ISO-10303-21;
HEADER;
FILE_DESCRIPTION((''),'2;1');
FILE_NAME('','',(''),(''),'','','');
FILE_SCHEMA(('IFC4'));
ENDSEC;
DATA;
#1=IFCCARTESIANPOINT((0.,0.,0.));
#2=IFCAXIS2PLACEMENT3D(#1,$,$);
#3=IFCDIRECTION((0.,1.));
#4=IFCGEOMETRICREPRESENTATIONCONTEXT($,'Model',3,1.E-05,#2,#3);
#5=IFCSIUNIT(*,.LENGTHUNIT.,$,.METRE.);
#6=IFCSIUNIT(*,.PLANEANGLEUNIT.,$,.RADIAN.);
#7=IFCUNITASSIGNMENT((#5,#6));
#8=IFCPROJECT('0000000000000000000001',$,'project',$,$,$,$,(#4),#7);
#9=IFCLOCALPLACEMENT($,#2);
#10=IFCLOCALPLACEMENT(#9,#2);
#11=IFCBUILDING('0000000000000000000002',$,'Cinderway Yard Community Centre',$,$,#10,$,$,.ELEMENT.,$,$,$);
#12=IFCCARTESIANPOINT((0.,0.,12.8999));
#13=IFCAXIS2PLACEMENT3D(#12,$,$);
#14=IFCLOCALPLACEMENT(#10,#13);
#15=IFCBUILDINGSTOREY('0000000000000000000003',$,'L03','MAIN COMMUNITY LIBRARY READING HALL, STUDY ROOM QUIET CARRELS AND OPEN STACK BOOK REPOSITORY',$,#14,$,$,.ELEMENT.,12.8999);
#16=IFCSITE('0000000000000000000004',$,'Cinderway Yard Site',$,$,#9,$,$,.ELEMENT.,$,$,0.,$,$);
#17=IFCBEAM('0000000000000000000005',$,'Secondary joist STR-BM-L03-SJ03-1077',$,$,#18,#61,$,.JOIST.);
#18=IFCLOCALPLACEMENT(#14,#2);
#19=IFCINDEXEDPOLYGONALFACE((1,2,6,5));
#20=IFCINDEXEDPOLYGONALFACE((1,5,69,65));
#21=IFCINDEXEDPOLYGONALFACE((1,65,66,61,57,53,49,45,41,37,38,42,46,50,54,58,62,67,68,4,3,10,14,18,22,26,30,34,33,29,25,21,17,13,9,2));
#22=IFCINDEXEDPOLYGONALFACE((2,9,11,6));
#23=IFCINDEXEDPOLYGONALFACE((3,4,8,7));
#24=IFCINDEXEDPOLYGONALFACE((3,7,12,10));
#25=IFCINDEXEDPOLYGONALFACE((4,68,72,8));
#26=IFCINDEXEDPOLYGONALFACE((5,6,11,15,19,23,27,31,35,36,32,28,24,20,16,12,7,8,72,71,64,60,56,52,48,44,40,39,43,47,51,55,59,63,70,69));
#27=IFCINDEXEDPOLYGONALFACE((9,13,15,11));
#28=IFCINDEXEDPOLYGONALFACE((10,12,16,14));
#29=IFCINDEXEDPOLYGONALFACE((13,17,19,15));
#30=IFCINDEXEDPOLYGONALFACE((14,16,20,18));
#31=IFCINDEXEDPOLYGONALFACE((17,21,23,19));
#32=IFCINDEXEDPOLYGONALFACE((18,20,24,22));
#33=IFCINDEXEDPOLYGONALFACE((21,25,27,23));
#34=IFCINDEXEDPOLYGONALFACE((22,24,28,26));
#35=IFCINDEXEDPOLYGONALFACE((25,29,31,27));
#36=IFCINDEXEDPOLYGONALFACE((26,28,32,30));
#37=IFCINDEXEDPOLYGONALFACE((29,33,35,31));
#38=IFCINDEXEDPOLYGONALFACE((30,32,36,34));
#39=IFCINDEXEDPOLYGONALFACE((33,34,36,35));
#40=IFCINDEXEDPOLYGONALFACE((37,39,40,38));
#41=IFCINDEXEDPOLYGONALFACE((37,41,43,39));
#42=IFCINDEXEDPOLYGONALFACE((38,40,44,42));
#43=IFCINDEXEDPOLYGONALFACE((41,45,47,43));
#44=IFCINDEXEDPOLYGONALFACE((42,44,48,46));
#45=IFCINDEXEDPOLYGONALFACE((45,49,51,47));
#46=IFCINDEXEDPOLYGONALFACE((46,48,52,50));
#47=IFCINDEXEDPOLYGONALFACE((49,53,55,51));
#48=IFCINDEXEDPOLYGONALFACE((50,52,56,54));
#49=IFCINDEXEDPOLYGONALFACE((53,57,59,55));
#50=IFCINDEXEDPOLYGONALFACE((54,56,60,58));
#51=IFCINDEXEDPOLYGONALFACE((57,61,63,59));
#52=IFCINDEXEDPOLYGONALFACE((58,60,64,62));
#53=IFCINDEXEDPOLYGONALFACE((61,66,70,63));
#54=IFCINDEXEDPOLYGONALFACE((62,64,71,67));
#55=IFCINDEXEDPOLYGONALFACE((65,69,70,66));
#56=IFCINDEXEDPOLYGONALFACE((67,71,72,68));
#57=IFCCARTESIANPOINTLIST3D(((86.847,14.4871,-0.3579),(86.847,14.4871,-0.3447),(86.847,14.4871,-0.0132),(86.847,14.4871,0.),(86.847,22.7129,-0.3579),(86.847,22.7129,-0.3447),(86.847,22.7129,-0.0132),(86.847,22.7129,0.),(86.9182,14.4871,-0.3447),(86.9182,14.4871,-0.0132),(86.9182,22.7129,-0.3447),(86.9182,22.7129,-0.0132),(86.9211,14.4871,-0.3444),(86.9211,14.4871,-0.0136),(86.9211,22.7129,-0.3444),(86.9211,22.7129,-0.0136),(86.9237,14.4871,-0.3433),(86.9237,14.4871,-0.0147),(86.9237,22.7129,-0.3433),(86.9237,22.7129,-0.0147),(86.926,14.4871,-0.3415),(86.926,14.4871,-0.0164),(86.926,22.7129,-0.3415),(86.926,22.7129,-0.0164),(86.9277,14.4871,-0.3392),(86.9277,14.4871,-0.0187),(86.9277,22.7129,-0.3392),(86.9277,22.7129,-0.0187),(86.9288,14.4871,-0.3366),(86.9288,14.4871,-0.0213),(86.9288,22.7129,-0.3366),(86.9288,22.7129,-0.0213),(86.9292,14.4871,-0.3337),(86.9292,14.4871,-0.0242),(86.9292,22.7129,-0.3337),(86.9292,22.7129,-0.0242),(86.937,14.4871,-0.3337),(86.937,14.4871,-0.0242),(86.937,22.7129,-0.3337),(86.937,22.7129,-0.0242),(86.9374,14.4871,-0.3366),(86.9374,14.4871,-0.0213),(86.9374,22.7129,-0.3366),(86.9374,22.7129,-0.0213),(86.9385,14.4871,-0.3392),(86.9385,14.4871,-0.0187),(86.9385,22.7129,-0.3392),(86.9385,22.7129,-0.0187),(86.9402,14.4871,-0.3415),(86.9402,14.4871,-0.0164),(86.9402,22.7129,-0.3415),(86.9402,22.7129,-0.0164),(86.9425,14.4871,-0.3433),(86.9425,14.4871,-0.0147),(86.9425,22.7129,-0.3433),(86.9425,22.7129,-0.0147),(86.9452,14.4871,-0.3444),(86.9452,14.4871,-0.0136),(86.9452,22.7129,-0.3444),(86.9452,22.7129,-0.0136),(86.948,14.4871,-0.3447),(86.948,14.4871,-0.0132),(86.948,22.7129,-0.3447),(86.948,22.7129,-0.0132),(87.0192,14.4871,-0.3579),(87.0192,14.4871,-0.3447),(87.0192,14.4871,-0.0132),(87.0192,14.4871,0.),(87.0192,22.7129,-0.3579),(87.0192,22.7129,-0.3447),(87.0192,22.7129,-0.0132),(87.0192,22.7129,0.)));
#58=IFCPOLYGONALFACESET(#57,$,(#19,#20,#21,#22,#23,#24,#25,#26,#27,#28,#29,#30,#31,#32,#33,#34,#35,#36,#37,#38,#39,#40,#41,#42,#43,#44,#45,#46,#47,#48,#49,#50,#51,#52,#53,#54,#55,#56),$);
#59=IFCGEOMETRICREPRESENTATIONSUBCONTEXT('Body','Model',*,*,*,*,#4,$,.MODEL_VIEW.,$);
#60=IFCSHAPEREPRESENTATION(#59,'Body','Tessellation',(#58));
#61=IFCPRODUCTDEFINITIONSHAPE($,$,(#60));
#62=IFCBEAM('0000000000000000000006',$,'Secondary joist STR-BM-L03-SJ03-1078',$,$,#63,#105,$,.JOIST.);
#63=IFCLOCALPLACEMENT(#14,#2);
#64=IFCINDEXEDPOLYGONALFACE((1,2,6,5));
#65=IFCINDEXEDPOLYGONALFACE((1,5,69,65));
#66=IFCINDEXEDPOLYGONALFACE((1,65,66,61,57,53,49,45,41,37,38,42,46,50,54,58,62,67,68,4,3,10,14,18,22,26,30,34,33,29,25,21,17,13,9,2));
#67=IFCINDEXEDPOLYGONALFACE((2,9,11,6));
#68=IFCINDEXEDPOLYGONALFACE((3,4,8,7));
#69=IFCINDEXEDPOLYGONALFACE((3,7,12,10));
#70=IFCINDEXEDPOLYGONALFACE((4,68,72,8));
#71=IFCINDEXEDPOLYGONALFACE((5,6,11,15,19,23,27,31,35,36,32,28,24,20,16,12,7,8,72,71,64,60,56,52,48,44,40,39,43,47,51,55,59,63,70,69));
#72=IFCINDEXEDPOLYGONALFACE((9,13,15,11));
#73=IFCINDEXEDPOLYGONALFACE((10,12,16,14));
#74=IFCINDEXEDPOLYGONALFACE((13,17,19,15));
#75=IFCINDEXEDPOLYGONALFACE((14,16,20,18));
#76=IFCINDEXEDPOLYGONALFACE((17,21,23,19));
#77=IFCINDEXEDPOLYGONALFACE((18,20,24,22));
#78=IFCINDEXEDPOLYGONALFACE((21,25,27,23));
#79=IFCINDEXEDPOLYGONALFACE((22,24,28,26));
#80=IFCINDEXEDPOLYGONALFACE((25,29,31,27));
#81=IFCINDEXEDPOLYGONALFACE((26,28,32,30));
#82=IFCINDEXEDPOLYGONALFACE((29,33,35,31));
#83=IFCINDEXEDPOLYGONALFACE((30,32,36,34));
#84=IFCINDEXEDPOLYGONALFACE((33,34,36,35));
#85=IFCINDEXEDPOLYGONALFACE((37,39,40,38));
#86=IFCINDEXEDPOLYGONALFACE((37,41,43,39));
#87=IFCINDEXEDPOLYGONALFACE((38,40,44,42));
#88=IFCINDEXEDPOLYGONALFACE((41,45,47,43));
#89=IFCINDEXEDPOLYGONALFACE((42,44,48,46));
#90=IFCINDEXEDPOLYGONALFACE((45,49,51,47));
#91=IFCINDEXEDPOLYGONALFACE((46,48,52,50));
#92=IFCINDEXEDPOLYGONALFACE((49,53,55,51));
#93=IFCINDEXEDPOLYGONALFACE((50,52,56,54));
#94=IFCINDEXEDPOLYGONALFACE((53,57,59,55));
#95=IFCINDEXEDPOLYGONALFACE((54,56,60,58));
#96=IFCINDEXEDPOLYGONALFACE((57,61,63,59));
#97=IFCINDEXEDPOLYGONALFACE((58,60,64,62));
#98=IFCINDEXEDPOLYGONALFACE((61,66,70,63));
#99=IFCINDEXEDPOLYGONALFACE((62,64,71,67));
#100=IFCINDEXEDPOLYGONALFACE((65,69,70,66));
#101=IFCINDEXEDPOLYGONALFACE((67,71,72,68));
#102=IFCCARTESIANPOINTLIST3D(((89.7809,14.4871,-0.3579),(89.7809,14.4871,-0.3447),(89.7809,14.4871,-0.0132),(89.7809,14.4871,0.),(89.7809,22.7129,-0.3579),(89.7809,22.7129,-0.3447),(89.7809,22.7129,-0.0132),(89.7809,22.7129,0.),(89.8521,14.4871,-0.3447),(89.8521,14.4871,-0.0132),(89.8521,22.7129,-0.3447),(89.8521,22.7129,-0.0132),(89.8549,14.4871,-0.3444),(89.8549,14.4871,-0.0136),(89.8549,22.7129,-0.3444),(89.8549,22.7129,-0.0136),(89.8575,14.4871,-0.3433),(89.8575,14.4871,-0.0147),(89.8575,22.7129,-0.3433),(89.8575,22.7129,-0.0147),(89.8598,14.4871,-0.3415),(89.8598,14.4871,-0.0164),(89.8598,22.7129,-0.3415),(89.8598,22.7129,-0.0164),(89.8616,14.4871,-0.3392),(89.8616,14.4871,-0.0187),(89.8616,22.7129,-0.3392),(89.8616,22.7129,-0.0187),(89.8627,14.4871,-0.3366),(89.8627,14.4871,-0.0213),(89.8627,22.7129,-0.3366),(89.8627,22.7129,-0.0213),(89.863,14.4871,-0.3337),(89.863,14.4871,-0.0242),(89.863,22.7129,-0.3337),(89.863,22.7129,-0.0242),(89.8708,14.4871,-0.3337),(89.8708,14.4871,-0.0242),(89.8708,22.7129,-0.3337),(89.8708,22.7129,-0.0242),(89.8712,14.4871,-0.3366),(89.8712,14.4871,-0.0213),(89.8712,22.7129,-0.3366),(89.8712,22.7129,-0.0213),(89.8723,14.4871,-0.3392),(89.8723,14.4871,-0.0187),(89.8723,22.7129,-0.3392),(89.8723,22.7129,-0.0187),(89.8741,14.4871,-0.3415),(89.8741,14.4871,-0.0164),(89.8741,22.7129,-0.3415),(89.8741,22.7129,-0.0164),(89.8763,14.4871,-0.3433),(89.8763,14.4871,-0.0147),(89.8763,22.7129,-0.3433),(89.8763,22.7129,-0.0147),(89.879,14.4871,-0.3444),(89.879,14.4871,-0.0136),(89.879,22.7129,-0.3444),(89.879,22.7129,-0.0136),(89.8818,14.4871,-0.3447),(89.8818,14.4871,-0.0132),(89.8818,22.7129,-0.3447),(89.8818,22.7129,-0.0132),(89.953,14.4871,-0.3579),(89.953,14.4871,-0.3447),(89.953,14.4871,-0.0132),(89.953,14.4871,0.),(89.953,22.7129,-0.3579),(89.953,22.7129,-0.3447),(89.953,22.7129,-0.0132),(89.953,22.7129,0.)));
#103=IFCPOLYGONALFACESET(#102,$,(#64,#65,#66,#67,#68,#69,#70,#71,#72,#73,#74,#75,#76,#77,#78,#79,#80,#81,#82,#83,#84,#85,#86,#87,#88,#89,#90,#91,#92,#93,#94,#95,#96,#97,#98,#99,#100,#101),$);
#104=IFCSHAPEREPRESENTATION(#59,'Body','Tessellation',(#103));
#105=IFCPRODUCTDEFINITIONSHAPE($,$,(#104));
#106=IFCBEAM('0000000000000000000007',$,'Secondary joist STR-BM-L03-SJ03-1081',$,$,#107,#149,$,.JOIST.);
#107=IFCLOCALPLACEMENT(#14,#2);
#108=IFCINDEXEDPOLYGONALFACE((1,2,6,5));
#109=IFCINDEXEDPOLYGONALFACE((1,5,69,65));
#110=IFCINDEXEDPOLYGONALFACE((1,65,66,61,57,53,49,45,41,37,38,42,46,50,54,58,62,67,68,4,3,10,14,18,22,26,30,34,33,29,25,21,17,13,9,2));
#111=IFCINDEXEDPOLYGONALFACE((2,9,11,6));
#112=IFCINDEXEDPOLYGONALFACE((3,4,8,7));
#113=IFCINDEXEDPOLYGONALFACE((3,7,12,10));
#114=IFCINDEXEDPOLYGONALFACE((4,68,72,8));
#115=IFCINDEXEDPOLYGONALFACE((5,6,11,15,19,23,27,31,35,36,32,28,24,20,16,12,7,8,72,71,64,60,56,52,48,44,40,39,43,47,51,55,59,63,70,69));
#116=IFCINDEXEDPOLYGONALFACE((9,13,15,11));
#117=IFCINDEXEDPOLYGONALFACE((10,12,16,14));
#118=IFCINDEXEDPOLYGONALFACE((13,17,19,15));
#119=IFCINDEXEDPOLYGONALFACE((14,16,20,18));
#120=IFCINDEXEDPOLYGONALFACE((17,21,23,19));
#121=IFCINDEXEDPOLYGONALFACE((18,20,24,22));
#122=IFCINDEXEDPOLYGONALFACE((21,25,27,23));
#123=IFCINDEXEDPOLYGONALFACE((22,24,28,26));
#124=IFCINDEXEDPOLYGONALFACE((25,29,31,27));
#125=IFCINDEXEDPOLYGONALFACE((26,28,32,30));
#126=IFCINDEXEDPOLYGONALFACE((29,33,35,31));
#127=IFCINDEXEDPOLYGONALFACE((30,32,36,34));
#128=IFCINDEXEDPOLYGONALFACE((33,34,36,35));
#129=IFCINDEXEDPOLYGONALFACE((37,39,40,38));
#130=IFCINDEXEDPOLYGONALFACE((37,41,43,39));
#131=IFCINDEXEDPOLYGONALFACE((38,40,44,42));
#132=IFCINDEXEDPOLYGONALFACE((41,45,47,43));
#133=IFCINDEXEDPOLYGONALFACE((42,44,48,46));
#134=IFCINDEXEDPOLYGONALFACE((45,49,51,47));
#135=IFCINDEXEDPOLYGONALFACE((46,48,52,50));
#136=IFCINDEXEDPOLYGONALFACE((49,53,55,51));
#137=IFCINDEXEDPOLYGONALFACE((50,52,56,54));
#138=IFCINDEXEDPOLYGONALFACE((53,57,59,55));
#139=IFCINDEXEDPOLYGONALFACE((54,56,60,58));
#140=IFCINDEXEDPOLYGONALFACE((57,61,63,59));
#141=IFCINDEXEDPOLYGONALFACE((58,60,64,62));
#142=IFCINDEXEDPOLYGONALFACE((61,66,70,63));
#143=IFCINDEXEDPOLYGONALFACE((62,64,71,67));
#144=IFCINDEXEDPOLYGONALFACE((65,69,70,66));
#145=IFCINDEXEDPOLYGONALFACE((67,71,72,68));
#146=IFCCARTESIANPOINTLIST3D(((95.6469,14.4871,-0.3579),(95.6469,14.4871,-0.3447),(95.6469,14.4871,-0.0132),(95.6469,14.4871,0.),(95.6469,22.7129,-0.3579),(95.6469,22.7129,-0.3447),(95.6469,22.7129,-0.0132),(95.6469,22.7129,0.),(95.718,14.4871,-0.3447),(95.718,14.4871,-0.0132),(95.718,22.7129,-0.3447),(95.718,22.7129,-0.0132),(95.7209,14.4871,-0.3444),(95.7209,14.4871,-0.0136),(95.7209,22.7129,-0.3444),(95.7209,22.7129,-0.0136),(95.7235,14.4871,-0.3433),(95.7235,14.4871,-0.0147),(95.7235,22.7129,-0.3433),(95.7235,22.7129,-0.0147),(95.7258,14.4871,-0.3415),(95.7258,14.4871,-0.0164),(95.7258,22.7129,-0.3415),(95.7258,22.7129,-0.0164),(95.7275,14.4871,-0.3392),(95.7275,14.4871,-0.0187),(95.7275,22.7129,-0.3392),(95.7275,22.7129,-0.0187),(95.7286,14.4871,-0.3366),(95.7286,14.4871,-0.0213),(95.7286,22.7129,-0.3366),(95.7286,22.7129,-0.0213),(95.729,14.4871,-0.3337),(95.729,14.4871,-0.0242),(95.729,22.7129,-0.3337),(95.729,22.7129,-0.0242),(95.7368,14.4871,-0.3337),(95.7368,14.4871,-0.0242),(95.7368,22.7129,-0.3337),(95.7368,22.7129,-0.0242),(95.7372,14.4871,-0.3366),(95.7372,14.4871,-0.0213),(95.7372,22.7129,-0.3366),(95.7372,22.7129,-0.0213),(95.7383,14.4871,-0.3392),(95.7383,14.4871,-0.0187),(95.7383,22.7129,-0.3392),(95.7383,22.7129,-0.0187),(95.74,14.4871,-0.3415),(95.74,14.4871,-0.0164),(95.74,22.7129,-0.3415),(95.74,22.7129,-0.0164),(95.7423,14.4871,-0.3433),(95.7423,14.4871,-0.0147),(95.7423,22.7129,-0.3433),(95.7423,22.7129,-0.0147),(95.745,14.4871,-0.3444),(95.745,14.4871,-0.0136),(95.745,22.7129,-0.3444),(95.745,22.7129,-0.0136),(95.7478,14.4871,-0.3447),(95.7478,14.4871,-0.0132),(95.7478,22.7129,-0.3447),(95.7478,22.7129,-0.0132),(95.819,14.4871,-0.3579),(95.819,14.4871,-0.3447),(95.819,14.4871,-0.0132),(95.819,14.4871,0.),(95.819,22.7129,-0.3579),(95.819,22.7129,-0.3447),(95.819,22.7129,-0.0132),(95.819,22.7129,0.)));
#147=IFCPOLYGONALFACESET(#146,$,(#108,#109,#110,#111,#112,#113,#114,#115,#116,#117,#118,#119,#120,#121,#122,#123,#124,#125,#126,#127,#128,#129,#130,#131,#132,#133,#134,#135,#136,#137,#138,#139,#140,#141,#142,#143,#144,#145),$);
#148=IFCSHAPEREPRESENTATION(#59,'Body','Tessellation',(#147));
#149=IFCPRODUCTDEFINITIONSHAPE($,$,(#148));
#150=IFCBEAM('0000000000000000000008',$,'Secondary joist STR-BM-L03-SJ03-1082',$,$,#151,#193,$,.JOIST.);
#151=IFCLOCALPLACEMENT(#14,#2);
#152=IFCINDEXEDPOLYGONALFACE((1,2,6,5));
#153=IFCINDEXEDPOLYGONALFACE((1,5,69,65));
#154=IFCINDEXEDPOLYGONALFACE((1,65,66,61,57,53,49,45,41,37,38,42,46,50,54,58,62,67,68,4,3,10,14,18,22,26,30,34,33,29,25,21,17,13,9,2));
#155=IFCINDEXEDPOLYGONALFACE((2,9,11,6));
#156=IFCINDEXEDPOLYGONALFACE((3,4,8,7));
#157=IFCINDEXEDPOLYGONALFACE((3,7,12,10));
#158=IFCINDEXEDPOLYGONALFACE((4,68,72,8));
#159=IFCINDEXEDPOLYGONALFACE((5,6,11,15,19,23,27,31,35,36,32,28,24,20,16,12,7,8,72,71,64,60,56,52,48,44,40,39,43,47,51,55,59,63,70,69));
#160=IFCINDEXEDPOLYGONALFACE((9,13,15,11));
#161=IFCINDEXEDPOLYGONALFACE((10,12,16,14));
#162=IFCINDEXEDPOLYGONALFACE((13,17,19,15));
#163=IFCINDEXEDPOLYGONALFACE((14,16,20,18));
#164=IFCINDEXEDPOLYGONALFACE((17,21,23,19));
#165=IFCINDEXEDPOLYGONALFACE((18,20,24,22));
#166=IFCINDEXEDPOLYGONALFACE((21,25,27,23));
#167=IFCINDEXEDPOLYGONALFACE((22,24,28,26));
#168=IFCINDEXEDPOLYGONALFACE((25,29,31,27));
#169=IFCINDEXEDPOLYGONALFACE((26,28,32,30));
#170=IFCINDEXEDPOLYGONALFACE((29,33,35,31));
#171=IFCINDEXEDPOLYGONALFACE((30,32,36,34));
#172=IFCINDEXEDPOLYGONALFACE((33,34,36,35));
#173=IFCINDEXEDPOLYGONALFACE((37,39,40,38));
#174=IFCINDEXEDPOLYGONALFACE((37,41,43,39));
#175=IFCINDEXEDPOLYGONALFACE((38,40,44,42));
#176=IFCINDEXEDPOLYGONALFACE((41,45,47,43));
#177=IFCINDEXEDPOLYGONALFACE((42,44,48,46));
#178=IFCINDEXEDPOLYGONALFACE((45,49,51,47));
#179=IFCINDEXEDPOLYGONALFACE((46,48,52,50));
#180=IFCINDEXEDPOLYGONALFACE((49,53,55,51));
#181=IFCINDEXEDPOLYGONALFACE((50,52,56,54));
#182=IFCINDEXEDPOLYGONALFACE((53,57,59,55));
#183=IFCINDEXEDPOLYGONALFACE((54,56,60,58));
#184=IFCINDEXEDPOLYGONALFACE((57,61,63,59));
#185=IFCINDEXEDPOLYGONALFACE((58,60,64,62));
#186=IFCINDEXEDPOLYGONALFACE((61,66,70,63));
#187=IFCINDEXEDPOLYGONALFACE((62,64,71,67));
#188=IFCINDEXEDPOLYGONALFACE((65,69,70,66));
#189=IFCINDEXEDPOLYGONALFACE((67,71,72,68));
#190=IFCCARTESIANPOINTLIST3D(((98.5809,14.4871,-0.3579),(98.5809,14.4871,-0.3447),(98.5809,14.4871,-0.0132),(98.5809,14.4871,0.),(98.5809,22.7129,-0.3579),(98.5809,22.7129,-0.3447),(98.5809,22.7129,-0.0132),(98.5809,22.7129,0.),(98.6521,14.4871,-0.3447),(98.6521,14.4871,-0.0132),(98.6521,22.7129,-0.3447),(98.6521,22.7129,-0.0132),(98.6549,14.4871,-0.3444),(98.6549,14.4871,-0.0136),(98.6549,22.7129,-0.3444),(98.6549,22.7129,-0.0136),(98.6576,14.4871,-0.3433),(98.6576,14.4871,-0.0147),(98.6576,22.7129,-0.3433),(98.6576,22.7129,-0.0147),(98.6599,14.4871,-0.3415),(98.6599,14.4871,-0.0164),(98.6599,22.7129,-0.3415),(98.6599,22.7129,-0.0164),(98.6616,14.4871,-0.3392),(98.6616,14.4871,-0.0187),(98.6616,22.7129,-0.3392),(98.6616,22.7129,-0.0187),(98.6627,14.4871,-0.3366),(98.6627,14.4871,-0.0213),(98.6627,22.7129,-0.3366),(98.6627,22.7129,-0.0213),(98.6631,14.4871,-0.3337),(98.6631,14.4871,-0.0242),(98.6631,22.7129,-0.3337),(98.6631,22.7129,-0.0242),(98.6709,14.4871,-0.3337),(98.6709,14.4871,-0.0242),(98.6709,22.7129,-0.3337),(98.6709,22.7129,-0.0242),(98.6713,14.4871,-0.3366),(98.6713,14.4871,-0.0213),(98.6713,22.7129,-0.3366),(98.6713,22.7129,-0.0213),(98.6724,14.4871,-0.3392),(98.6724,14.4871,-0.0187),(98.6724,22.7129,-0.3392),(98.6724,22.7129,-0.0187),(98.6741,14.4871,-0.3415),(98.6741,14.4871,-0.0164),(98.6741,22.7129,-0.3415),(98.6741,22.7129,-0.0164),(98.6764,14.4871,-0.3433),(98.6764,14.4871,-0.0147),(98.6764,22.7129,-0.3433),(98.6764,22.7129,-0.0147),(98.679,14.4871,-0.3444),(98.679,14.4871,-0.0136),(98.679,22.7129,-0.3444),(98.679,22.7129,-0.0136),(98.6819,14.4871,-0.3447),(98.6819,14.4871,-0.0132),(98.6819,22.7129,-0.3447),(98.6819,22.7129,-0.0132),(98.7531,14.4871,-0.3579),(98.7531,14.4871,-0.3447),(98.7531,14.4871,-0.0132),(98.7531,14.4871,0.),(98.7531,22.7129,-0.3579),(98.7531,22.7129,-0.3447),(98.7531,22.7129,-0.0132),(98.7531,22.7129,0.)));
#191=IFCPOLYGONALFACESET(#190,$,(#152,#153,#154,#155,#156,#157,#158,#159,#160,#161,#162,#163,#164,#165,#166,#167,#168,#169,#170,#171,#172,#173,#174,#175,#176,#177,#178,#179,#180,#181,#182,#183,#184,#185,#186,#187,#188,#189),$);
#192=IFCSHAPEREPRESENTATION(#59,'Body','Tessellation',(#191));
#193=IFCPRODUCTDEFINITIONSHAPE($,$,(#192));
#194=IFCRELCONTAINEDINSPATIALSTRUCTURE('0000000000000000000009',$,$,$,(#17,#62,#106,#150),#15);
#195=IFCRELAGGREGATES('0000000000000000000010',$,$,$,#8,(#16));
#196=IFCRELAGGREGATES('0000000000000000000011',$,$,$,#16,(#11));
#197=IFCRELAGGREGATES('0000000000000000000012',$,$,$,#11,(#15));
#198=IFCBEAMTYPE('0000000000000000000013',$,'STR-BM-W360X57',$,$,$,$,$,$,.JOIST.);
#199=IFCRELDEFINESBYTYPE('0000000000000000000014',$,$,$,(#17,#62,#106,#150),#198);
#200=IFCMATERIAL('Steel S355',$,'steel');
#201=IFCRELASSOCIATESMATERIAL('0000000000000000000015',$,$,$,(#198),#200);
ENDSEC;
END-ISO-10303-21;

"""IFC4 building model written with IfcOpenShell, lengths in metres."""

from ifc_helpers import new_model, si_unit, direction, frame, origin, origin_2d, place, context, subcontext, project, spatial, i_section, extrude, material, material_profile, profile_set, type_object, element, save


model = new_model("IFC4")

# Units and contexts
model_context = context("Model", 3, precision=1e-05, world=origin(), true_north=direction((0.0, 1.0)))
body_context = subcontext(model_context, "Body", "Model", "MODEL_VIEW")
ifc_project = project(units=[si_unit("LENGTHUNIT", "METRE"), si_unit("PLANEANGLEUNIT", "RADIAN")], contexts=[model_context])

# Site, building, storey
site_placement = place(None, origin())
site = spatial("IfcSite", under=ifc_project, at=site_placement, Name="Cinderway Yard Site", CompositionType="ELEMENT", RefElevation=0.0)
building_placement = place(site_placement, origin())
building = spatial("IfcBuilding", under=site, at=building_placement, Name="Cinderway Yard Community Centre", CompositionType="ELEMENT")
storey_placement = place(building_placement, frame((0.0, 0.0, 12.8999)))
storey = spatial("IfcBuildingStorey", under=building, at=storey_placement, Name="L03", Description="MAIN COMMUNITY LIBRARY READING HALL, STUDY ROOM QUIET CARRELS AND OPEN STACK BOOK REPOSITORY", CompositionType="ELEMENT", Elevation=12.8999)

# Shared definitions
ifc_material = material(Name="Steel S355", Category="steel")

# Beams
ifc_material_profile_1 = material_profile(ifc_material, i_section(OverallWidth=0.1721, OverallDepth=0.3579, WebThickness=0.0078, FlangeThickness=0.0132, FilletRadius=0.011, at=origin_2d()), Name="Steel S355")
ifc_profile_set_1 = profile_set([ifc_material_profile_1], Name="Steel S355")
beam_type_1 = type_object("IfcBeamType", Name="STR-BM-W360X57", PredefinedType="JOIST", material=ifc_profile_set_1)
for number, where, z_axis, x_axis, name in (
    (1, (86.9331, 14.4871, -0.179), (0.0, 1.0, 0.0), (-1.0, 0.0, 0.0), "Secondary joist STR-BM-L03-SJ03-1077"),
    (2, (89.8669, 14.4871, -0.179), (0.0, 1.0, 0.0), (-1.0, 0.0, 0.0), "Secondary joist STR-BM-L03-SJ03-1078"),
    (3, (95.7329, 14.4871, -0.179), (0.0, 1.0, 0.0), (-1.0, 0.0, 0.0), "Secondary joist STR-BM-L03-SJ03-1081"),
    (4, (98.667, 14.4871, -0.179), (0.0, 1.0, 0.0), (-1.0, 0.0, 0.0), "Secondary joist STR-BM-L03-SJ03-1082"),
):
    element("IfcBeam", number, at=place(storey_placement, frame(where, z_axis=z_axis, x_axis=x_axis)), inside=storey, type_object=beam_type_1, Name=name, PredefinedType="JOIST", context=body_context, shape_type="SweptSolid", body=[
        extrude(i_section(OverallWidth=0.1721, OverallDepth=0.3579, WebThickness=0.0078, FlangeThickness=0.0132, FilletRadius=0.011, at=origin_2d()), origin(), (0.0, 0.0, 1.0), 8.2258),
    ])

save(model, "model.ifc")
